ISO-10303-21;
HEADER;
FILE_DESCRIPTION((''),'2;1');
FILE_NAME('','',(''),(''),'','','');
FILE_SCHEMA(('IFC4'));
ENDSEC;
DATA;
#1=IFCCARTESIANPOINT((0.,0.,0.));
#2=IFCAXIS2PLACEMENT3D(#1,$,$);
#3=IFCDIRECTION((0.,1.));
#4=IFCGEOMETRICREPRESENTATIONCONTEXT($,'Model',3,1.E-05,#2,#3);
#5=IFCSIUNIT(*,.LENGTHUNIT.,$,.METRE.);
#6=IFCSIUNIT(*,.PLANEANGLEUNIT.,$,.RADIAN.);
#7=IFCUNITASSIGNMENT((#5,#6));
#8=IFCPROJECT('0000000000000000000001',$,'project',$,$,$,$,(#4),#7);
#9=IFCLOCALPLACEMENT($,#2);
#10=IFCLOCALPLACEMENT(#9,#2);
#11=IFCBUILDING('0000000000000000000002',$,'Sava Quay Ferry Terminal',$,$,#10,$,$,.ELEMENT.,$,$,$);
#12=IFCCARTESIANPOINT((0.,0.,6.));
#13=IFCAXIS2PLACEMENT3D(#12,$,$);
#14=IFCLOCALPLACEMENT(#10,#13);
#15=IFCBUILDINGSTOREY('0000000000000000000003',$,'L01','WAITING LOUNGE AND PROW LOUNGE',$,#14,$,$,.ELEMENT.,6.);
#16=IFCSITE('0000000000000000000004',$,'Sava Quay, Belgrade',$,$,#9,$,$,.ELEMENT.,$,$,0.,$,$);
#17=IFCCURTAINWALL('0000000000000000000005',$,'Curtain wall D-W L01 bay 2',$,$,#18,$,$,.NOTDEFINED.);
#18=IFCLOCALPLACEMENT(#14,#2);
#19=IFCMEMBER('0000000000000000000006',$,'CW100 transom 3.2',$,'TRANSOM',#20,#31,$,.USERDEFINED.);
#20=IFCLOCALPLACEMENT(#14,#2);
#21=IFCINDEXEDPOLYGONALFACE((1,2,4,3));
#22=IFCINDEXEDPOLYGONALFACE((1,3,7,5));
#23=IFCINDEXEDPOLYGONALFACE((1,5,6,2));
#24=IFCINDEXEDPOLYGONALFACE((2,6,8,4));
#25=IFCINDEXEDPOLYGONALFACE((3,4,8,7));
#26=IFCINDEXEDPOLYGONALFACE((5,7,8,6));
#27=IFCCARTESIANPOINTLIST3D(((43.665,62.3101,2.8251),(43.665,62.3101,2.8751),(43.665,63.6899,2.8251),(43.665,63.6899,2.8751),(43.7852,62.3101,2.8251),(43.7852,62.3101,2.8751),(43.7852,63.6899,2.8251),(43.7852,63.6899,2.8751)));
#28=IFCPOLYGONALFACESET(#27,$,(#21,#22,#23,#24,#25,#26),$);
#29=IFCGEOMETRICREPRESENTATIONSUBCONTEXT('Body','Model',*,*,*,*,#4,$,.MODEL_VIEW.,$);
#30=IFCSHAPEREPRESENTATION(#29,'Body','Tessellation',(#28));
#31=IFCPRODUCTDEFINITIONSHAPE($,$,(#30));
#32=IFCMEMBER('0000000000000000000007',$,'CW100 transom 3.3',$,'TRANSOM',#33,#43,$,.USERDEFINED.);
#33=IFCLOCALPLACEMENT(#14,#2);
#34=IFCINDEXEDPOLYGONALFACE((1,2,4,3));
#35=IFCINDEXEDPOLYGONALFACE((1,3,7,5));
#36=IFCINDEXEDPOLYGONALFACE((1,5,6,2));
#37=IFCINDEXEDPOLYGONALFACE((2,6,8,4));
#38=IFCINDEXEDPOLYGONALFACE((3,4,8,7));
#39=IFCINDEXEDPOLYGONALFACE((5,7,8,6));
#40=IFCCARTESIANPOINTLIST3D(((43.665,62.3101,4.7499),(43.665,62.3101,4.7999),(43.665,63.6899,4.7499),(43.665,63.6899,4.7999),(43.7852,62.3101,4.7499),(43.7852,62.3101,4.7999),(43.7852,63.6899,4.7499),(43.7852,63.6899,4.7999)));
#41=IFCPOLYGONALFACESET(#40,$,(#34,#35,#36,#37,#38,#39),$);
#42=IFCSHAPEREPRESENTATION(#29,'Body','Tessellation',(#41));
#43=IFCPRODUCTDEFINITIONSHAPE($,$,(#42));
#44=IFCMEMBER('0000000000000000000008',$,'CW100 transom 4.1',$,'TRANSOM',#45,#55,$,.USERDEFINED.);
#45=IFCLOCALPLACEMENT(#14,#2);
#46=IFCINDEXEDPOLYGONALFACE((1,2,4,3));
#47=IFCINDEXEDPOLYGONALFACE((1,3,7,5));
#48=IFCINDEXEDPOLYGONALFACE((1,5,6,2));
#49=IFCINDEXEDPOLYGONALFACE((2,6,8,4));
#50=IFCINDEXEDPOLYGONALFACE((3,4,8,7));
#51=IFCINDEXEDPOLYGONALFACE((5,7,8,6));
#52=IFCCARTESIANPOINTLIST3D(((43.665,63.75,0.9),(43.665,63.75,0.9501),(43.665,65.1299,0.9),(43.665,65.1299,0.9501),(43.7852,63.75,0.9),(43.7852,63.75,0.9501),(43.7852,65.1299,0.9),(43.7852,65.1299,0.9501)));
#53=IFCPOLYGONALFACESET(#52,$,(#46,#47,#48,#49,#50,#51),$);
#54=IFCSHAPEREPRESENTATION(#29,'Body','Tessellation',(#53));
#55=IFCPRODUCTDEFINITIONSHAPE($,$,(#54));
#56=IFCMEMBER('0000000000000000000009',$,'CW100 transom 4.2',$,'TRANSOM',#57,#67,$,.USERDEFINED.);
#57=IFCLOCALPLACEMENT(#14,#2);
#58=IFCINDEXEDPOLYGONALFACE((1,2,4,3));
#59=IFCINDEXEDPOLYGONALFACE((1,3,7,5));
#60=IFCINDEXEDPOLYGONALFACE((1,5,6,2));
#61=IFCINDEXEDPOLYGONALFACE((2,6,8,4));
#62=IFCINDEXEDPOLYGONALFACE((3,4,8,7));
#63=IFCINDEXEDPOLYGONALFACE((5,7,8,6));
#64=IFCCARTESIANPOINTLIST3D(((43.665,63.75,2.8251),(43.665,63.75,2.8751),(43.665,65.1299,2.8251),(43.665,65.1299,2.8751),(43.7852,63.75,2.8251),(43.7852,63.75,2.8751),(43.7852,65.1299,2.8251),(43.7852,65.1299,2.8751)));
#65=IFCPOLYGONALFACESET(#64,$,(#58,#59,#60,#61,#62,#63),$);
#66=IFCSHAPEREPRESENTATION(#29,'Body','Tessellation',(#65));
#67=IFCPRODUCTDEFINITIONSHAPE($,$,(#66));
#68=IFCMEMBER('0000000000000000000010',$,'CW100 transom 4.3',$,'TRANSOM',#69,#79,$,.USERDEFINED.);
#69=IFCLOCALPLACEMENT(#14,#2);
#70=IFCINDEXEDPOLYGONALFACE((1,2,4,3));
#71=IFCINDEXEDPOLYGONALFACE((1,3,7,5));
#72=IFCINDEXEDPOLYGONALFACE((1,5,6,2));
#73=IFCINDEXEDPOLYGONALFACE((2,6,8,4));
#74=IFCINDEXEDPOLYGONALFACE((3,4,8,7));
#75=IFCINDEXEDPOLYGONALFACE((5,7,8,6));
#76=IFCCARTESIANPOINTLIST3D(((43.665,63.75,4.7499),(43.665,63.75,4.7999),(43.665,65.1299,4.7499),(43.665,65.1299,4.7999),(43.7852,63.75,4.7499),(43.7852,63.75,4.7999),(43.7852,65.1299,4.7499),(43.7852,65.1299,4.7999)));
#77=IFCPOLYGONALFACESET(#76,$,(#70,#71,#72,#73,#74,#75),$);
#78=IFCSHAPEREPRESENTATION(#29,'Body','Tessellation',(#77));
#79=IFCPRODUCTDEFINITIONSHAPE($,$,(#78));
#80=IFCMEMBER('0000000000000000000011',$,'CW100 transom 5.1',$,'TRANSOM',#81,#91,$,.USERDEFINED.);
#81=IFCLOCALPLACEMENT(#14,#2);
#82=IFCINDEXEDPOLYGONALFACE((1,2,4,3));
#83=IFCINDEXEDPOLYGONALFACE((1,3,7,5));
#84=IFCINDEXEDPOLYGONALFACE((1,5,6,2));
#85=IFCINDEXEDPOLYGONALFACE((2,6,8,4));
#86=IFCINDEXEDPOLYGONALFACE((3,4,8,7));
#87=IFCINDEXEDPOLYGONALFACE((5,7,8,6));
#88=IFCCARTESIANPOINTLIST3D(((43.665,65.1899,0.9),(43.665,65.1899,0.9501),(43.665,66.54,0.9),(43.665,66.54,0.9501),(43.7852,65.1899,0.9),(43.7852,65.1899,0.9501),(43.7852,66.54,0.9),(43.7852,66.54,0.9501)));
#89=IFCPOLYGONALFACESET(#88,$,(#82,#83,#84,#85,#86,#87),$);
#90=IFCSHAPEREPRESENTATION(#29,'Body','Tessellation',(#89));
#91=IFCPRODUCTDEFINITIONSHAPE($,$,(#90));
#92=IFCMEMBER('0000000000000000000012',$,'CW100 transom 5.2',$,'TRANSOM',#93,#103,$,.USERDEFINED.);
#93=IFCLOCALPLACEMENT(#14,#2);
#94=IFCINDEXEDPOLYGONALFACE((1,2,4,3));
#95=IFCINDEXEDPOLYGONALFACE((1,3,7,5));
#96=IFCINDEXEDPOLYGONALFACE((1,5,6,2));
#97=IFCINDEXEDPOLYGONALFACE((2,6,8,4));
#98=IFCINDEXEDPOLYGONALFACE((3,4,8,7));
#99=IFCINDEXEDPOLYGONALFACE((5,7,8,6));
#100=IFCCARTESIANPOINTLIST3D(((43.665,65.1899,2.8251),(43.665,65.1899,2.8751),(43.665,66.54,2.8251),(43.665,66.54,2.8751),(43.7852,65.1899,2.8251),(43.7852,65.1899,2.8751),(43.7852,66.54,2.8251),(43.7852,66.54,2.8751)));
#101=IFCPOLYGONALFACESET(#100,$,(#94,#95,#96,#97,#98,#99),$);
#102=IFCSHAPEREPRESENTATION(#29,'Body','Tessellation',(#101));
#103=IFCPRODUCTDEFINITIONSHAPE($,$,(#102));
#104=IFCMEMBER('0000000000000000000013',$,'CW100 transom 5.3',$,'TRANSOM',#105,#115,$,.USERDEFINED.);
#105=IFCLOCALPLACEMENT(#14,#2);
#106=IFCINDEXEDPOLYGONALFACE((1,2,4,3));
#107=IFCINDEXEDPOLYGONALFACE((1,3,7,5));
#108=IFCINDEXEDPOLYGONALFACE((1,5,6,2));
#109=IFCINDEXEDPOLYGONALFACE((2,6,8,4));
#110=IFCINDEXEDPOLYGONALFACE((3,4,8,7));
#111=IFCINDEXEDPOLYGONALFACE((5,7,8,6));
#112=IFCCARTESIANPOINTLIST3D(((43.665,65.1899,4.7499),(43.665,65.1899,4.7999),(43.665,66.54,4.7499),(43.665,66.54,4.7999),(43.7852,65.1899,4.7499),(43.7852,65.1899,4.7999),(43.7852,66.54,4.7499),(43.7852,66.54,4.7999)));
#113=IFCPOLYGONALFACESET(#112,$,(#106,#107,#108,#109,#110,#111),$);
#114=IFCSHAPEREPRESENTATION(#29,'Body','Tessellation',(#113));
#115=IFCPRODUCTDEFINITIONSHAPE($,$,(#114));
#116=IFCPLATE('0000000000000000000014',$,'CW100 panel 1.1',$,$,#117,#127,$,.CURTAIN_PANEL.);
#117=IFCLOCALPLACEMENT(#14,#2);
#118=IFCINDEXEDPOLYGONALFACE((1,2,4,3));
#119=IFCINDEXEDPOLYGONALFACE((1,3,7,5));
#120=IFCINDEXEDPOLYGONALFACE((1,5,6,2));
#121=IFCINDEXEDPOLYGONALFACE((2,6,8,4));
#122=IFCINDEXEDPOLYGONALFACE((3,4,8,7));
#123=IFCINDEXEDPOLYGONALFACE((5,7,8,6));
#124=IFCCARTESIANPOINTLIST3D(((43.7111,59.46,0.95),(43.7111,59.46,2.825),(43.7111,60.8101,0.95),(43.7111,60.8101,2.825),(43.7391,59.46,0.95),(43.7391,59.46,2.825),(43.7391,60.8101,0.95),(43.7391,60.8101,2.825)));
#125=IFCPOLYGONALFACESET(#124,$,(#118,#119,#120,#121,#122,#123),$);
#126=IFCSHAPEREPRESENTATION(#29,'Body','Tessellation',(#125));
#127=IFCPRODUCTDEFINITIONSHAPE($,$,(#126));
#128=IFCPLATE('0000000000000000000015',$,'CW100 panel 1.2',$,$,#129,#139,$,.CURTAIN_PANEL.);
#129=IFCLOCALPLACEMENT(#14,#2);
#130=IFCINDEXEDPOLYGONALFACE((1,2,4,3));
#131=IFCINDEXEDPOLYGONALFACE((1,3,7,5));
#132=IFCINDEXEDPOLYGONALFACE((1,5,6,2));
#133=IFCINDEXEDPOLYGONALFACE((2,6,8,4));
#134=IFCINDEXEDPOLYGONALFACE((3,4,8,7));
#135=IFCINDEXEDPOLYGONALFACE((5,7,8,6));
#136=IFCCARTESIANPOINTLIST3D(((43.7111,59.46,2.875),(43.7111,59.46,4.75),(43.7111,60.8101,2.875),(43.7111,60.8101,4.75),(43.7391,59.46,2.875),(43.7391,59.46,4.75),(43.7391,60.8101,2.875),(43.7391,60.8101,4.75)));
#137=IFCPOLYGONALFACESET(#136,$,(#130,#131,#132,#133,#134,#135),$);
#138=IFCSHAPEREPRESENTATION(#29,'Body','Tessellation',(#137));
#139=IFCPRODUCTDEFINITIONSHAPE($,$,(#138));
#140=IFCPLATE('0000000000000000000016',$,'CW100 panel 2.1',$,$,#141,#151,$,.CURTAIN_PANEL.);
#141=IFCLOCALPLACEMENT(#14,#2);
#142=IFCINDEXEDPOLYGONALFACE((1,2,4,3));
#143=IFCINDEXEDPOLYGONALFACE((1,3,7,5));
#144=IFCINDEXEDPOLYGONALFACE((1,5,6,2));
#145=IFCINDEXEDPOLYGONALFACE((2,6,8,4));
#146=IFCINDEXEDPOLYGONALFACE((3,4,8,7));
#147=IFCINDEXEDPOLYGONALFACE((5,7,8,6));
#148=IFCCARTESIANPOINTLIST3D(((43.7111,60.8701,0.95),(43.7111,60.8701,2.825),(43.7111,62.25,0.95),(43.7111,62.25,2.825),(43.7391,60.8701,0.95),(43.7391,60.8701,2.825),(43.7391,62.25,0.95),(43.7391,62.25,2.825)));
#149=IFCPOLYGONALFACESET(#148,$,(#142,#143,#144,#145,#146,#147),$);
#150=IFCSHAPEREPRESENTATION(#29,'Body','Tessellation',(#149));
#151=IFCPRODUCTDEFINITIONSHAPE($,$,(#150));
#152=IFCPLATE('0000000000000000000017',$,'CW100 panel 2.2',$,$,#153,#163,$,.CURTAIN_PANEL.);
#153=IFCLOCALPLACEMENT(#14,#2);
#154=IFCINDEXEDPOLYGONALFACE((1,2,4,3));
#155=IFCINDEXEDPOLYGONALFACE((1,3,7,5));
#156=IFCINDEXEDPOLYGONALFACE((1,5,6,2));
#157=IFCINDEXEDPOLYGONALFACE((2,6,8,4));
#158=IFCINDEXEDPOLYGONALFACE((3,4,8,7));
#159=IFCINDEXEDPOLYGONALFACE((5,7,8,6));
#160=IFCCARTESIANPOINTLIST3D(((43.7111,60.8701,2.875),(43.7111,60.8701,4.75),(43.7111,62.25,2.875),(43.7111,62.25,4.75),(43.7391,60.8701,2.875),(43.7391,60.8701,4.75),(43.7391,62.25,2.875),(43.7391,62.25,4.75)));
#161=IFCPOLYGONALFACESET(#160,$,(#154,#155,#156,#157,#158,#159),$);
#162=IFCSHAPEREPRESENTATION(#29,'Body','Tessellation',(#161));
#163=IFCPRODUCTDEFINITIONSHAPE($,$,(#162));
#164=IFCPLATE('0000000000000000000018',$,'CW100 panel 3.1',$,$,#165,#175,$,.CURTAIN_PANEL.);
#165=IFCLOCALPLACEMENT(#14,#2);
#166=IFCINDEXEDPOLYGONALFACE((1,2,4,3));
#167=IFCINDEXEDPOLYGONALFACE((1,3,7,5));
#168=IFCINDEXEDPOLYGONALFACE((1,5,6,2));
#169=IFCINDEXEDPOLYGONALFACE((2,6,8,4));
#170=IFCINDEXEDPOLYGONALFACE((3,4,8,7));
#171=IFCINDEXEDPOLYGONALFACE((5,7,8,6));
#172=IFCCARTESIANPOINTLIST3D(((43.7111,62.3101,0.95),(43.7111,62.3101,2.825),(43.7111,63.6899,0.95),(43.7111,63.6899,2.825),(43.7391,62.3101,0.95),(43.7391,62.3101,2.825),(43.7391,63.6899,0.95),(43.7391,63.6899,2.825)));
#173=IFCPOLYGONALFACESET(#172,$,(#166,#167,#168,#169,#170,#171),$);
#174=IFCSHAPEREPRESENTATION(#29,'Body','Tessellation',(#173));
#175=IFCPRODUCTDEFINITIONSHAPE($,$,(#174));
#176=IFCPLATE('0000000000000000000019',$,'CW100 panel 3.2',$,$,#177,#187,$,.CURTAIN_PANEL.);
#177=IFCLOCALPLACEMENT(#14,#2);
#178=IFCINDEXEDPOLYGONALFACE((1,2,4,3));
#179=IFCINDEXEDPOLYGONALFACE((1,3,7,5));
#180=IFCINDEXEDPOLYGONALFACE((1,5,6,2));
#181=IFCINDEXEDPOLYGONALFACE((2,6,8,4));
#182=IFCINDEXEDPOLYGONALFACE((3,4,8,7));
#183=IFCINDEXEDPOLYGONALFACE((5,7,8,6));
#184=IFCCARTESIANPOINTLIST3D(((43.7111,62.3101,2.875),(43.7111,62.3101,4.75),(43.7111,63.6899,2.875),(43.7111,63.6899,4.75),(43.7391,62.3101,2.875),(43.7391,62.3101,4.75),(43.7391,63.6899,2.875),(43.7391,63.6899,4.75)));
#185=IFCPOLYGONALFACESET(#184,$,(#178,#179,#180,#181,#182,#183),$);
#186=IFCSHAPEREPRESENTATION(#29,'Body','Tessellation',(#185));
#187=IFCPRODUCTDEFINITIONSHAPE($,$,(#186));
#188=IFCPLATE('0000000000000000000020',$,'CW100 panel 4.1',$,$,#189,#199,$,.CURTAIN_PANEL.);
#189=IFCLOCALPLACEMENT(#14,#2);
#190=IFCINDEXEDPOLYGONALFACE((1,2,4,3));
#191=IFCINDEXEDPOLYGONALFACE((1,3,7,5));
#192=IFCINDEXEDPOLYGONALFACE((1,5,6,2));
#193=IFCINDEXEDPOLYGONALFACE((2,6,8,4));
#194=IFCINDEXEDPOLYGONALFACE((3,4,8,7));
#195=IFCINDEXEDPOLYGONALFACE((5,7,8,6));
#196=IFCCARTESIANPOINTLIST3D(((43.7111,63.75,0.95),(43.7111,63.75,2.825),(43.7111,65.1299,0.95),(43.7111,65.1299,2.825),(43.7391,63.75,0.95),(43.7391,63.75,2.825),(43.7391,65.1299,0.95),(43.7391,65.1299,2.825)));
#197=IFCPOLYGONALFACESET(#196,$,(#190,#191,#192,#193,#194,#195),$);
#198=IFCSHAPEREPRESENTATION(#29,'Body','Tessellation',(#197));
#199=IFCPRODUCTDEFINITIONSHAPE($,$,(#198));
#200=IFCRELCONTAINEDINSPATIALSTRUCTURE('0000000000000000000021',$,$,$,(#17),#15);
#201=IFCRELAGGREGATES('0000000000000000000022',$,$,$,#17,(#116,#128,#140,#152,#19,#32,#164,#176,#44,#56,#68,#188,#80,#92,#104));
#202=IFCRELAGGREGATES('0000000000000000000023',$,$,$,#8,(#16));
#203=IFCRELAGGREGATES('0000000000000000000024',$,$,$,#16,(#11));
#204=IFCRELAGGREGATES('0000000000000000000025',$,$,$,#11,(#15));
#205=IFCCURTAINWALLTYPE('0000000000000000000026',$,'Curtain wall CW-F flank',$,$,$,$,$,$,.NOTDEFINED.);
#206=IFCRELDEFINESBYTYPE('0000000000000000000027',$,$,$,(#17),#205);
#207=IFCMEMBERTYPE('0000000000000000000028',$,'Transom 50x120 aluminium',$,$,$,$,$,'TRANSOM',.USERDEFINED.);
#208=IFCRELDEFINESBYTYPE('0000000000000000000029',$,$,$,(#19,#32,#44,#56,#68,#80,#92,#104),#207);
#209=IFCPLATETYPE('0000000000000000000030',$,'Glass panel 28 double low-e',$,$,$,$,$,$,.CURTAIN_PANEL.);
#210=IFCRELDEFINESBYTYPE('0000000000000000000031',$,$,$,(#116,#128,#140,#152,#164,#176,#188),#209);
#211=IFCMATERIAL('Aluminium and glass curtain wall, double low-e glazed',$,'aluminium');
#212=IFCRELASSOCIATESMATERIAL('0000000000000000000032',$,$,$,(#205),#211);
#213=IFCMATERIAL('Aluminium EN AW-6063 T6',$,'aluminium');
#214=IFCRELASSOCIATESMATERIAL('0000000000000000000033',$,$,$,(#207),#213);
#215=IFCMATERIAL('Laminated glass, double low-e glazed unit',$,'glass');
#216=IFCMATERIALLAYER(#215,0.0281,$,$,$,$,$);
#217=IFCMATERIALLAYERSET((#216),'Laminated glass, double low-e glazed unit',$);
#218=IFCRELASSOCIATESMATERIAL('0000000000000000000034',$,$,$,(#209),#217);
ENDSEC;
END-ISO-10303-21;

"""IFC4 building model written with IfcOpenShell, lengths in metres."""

from ifc_helpers import new_model, si_unit, direction, frame, origin, origin_2d, place, context, subcontext, project, spatial, rectangle, extrude, material, layer, layer_set, material_profile, profile_set, type_object, element, aggregate, save


model = new_model("IFC4")

# Units and contexts
model_context = context("Model", 3, precision=1e-05, world=origin(), true_north=direction((0.0, 1.0)))
body_context = subcontext(model_context, "Body", "Model", "MODEL_VIEW")
ifc_project = project(units=[si_unit("LENGTHUNIT", "METRE"), si_unit("PLANEANGLEUNIT", "RADIAN")], contexts=[model_context])

# Site, building, storey
site_placement = place(None, origin())
site = spatial("IfcSite", under=ifc_project, at=site_placement, Name="Sava Quay, Belgrade", CompositionType="ELEMENT", RefElevation=0.0)
building_placement = place(site_placement, origin())
building = spatial("IfcBuilding", under=site, at=building_placement, Name="Sava Quay Ferry Terminal", CompositionType="ELEMENT")
storey_placement = place(building_placement, frame((0.0, 0.0, 6.0)))
storey = spatial("IfcBuildingStorey", under=building, at=storey_placement, Name="L01", Description="WAITING LOUNGE AND PROW LOUNGE", CompositionType="ELEMENT", Elevation=6.0)

# Curtain wall, members, plates
ifc_material_1 = material(Name="Aluminium and glass curtain wall, double low-e glazed", Category="aluminium")
curtain_wall_type = type_object("IfcCurtainWallType", Name="Curtain wall CW-F flank", PredefinedType="NOTDEFINED", material=ifc_material_1)
curtain_wall_placement = place(storey_placement, origin())
curtain_wall = element("IfcCurtainWall", 1, at=curtain_wall_placement, inside=storey, type_object=curtain_wall_type, Name="Curtain wall D-W L01 bay 2", PredefinedType="NOTDEFINED")
ifc_material_2 = material(Name="Aluminium EN AW-6063 T6", Category="aluminium")
ifc_material_profile_1 = material_profile(ifc_material_2, rectangle(XDim=0.1201, YDim=0.05, at=origin_2d()), Name="Transom 50x120 aluminium")
ifc_profile_set_1 = profile_set([ifc_material_profile_1], Name="Aluminium EN AW-6063 T6")
member_type_1 = type_object("IfcMemberType", Name="Transom 50x120 aluminium", ElementType="TRANSOM", PredefinedType="USERDEFINED", material=ifc_profile_set_1)
member_1_placement = place(storey_placement, frame((43.7251, 62.3101, 2.8501), z_axis=(0.0, 1.0, 0.0), x_axis=(-1.0, 0.0, 0.0)))
member_1 = element("IfcMember", 2, at=member_1_placement, type_object=member_type_1, Name="CW100 transom 3.2", ObjectType="TRANSOM", PredefinedType="USERDEFINED", context=body_context, shape_type="SweptSolid", body=[
    extrude(rectangle(XDim=0.1201, YDim=0.05, at=origin_2d()), origin(), (0.0, 0.0, 1.0), 1.3799),
])
member_2_placement = place(storey_placement, frame((43.7251, 62.3101, 4.7749), z_axis=(0.0, 1.0, 0.0), x_axis=(-1.0, 0.0, 0.0)))
member_2 = element("IfcMember", 3, at=member_2_placement, type_object=member_type_1, Name="CW100 transom 3.3", ObjectType="TRANSOM", PredefinedType="USERDEFINED", context=body_context, shape_type="SweptSolid", body=[
    extrude(rectangle(XDim=0.1201, YDim=0.05, at=origin_2d()), origin(), (0.0, 0.0, 1.0), 1.3799),
])
member_3_placement = place(storey_placement, frame((43.7251, 63.75, 0.925), z_axis=(0.0, 1.0, 0.0), x_axis=(-1.0, 0.0, 0.0)))
member_3 = element("IfcMember", 4, at=member_3_placement, type_object=member_type_1, Name="CW100 transom 4.1", ObjectType="TRANSOM", PredefinedType="USERDEFINED", context=body_context, shape_type="SweptSolid", body=[
    extrude(rectangle(XDim=0.1201, YDim=0.05, at=origin_2d()), origin(), (0.0, 0.0, 1.0), 1.3799),
])
member_4_placement = place(storey_placement, frame((43.7251, 63.75, 2.8501), z_axis=(0.0, 1.0, 0.0), x_axis=(-1.0, 0.0, 0.0)))
member_4 = element("IfcMember", 5, at=member_4_placement, type_object=member_type_1, Name="CW100 transom 4.2", ObjectType="TRANSOM", PredefinedType="USERDEFINED", context=body_context, shape_type="SweptSolid", body=[
    extrude(rectangle(XDim=0.1201, YDim=0.05, at=origin_2d()), origin(), (0.0, 0.0, 1.0), 1.3799),
])
member_5_placement = place(storey_placement, frame((43.7251, 63.75, 4.7749), z_axis=(0.0, 1.0, 0.0), x_axis=(-1.0, 0.0, 0.0)))
member_5 = element("IfcMember", 6, at=member_5_placement, type_object=member_type_1, Name="CW100 transom 4.3", ObjectType="TRANSOM", PredefinedType="USERDEFINED", context=body_context, shape_type="SweptSolid", body=[
    extrude(rectangle(XDim=0.1201, YDim=0.05, at=origin_2d()), origin(), (0.0, 0.0, 1.0), 1.3799),
])
member_6_placement = place(storey_placement, frame((43.7251, 65.1899, 0.925), z_axis=(0.0, 1.0, 0.0), x_axis=(-1.0, 0.0, 0.0)))
member_6 = element("IfcMember", 7, at=member_6_placement, type_object=member_type_1, Name="CW100 transom 5.1", ObjectType="TRANSOM", PredefinedType="USERDEFINED", context=body_context, shape_type="SweptSolid", body=[
    extrude(rectangle(XDim=0.1201, YDim=0.05, at=origin_2d()), origin(), (0.0, 0.0, 1.0), 1.3501),
])
member_7_placement = place(storey_placement, frame((43.7251, 65.1899, 2.8501), z_axis=(0.0, 1.0, 0.0), x_axis=(-1.0, 0.0, 0.0)))
member_7 = element("IfcMember", 8, at=member_7_placement, type_object=member_type_1, Name="CW100 transom 5.2", ObjectType="TRANSOM", PredefinedType="USERDEFINED", context=body_context, shape_type="SweptSolid", body=[
    extrude(rectangle(XDim=0.1201, YDim=0.05, at=origin_2d()), origin(), (0.0, 0.0, 1.0), 1.3501),
])
member_8_placement = place(storey_placement, frame((43.7251, 65.1899, 4.7749), z_axis=(0.0, 1.0, 0.0), x_axis=(-1.0, 0.0, 0.0)))
member_8 = element("IfcMember", 9, at=member_8_placement, type_object=member_type_1, Name="CW100 transom 5.3", ObjectType="TRANSOM", PredefinedType="USERDEFINED", context=body_context, shape_type="SweptSolid", body=[
    extrude(rectangle(XDim=0.1201, YDim=0.05, at=origin_2d()), origin(), (0.0, 0.0, 1.0), 1.3501),
])
ifc_material_3 = material(Name="Laminated glass, double low-e glazed unit", Category="glass")
ifc_layer_1 = layer(ifc_material_3, 0.0281)
ifc_layer_set_1 = layer_set([ifc_layer_1], Name="Laminated glass, double low-e glazed unit")
plate_type = type_object("IfcPlateType", Name="Glass panel 28 double low-e", PredefinedType="CURTAIN_PANEL", material=ifc_layer_set_1)
plate_1_placement = place(storey_placement, frame((43.7251, 60.135, 0.95), z_axis=(0.0, 0.0, 1.0), x_axis=(0.0, 1.0, 0.0)))
plate_1 = element("IfcPlate", 10, at=plate_1_placement, type_object=plate_type, Name="CW100 panel 1.1", PredefinedType="CURTAIN_PANEL", context=body_context, shape_type="SweptSolid", body=[
    extrude(rectangle(XDim=1.3501, YDim=0.0281, at=origin_2d()), origin(), (0.0, 0.0, 1.0), 1.875),
])
plate_2_placement = place(storey_placement, frame((43.7251, 60.135, 2.875), z_axis=(0.0, 0.0, 1.0), x_axis=(0.0, 1.0, 0.0)))
plate_2 = element("IfcPlate", 11, at=plate_2_placement, type_object=plate_type, Name="CW100 panel 1.2", PredefinedType="CURTAIN_PANEL", context=body_context, shape_type="SweptSolid", body=[
    extrude(rectangle(XDim=1.3501, YDim=0.0281, at=origin_2d()), origin(), (0.0, 0.0, 1.0), 1.875),
])
plate_3_placement = place(storey_placement, frame((43.7251, 61.5601, 0.95), z_axis=(0.0, 0.0, 1.0), x_axis=(0.0, 1.0, 0.0)))
plate_3 = element("IfcPlate", 12, at=plate_3_placement, type_object=plate_type, Name="CW100 panel 2.1", PredefinedType="CURTAIN_PANEL", context=body_context, shape_type="SweptSolid", body=[
    extrude(rectangle(XDim=1.3799, YDim=0.0281, at=origin_2d()), origin(), (0.0, 0.0, 1.0), 1.875),
])
plate_4_placement = place(storey_placement, frame((43.7251, 61.5601, 2.875), z_axis=(0.0, 0.0, 1.0), x_axis=(0.0, 1.0, 0.0)))
plate_4 = element("IfcPlate", 13, at=plate_4_placement, type_object=plate_type, Name="CW100 panel 2.2", PredefinedType="CURTAIN_PANEL", context=body_context, shape_type="SweptSolid", body=[
    extrude(rectangle(XDim=1.3799, YDim=0.0281, at=origin_2d()), origin(), (0.0, 0.0, 1.0), 1.875),
])
plate_5_placement = place(storey_placement, frame((43.7251, 63.0, 0.95), z_axis=(0.0, 0.0, 1.0), x_axis=(0.0, 1.0, 0.0)))
plate_5 = element("IfcPlate", 14, at=plate_5_placement, type_object=plate_type, Name="CW100 panel 3.1", PredefinedType="CURTAIN_PANEL", context=body_context, shape_type="SweptSolid", body=[
    extrude(rectangle(XDim=1.3799, YDim=0.0281, at=origin_2d()), origin(), (0.0, 0.0, 1.0), 1.875),
])
plate_6_placement = place(storey_placement, frame((43.7251, 63.0, 2.875), z_axis=(0.0, 0.0, 1.0), x_axis=(0.0, 1.0, 0.0)))
plate_6 = element("IfcPlate", 15, at=plate_6_placement, type_object=plate_type, Name="CW100 panel 3.2", PredefinedType="CURTAIN_PANEL", context=body_context, shape_type="SweptSolid", body=[
    extrude(rectangle(XDim=1.3799, YDim=0.0281, at=origin_2d()), origin(), (0.0, 0.0, 1.0), 1.875),
])
plate_7_placement = place(storey_placement, frame((43.7251, 64.4399, 0.95), z_axis=(0.0, 0.0, 1.0), x_axis=(0.0, 1.0, 0.0)))
plate_7 = element("IfcPlate", 16, at=plate_7_placement, type_object=plate_type, Name="CW100 panel 4.1", PredefinedType="CURTAIN_PANEL", context=body_context, shape_type="SweptSolid", body=[
    extrude(rectangle(XDim=1.3799, YDim=0.0281, at=origin_2d()), origin(), (0.0, 0.0, 1.0), 1.875),
])
aggregate(curtain_wall, [plate_1, plate_2, plate_3, plate_4, member_1, member_2, plate_5, plate_6, member_3, member_4, member_5, plate_7, member_6, member_7, member_8])

save(model, "model.ifc")
